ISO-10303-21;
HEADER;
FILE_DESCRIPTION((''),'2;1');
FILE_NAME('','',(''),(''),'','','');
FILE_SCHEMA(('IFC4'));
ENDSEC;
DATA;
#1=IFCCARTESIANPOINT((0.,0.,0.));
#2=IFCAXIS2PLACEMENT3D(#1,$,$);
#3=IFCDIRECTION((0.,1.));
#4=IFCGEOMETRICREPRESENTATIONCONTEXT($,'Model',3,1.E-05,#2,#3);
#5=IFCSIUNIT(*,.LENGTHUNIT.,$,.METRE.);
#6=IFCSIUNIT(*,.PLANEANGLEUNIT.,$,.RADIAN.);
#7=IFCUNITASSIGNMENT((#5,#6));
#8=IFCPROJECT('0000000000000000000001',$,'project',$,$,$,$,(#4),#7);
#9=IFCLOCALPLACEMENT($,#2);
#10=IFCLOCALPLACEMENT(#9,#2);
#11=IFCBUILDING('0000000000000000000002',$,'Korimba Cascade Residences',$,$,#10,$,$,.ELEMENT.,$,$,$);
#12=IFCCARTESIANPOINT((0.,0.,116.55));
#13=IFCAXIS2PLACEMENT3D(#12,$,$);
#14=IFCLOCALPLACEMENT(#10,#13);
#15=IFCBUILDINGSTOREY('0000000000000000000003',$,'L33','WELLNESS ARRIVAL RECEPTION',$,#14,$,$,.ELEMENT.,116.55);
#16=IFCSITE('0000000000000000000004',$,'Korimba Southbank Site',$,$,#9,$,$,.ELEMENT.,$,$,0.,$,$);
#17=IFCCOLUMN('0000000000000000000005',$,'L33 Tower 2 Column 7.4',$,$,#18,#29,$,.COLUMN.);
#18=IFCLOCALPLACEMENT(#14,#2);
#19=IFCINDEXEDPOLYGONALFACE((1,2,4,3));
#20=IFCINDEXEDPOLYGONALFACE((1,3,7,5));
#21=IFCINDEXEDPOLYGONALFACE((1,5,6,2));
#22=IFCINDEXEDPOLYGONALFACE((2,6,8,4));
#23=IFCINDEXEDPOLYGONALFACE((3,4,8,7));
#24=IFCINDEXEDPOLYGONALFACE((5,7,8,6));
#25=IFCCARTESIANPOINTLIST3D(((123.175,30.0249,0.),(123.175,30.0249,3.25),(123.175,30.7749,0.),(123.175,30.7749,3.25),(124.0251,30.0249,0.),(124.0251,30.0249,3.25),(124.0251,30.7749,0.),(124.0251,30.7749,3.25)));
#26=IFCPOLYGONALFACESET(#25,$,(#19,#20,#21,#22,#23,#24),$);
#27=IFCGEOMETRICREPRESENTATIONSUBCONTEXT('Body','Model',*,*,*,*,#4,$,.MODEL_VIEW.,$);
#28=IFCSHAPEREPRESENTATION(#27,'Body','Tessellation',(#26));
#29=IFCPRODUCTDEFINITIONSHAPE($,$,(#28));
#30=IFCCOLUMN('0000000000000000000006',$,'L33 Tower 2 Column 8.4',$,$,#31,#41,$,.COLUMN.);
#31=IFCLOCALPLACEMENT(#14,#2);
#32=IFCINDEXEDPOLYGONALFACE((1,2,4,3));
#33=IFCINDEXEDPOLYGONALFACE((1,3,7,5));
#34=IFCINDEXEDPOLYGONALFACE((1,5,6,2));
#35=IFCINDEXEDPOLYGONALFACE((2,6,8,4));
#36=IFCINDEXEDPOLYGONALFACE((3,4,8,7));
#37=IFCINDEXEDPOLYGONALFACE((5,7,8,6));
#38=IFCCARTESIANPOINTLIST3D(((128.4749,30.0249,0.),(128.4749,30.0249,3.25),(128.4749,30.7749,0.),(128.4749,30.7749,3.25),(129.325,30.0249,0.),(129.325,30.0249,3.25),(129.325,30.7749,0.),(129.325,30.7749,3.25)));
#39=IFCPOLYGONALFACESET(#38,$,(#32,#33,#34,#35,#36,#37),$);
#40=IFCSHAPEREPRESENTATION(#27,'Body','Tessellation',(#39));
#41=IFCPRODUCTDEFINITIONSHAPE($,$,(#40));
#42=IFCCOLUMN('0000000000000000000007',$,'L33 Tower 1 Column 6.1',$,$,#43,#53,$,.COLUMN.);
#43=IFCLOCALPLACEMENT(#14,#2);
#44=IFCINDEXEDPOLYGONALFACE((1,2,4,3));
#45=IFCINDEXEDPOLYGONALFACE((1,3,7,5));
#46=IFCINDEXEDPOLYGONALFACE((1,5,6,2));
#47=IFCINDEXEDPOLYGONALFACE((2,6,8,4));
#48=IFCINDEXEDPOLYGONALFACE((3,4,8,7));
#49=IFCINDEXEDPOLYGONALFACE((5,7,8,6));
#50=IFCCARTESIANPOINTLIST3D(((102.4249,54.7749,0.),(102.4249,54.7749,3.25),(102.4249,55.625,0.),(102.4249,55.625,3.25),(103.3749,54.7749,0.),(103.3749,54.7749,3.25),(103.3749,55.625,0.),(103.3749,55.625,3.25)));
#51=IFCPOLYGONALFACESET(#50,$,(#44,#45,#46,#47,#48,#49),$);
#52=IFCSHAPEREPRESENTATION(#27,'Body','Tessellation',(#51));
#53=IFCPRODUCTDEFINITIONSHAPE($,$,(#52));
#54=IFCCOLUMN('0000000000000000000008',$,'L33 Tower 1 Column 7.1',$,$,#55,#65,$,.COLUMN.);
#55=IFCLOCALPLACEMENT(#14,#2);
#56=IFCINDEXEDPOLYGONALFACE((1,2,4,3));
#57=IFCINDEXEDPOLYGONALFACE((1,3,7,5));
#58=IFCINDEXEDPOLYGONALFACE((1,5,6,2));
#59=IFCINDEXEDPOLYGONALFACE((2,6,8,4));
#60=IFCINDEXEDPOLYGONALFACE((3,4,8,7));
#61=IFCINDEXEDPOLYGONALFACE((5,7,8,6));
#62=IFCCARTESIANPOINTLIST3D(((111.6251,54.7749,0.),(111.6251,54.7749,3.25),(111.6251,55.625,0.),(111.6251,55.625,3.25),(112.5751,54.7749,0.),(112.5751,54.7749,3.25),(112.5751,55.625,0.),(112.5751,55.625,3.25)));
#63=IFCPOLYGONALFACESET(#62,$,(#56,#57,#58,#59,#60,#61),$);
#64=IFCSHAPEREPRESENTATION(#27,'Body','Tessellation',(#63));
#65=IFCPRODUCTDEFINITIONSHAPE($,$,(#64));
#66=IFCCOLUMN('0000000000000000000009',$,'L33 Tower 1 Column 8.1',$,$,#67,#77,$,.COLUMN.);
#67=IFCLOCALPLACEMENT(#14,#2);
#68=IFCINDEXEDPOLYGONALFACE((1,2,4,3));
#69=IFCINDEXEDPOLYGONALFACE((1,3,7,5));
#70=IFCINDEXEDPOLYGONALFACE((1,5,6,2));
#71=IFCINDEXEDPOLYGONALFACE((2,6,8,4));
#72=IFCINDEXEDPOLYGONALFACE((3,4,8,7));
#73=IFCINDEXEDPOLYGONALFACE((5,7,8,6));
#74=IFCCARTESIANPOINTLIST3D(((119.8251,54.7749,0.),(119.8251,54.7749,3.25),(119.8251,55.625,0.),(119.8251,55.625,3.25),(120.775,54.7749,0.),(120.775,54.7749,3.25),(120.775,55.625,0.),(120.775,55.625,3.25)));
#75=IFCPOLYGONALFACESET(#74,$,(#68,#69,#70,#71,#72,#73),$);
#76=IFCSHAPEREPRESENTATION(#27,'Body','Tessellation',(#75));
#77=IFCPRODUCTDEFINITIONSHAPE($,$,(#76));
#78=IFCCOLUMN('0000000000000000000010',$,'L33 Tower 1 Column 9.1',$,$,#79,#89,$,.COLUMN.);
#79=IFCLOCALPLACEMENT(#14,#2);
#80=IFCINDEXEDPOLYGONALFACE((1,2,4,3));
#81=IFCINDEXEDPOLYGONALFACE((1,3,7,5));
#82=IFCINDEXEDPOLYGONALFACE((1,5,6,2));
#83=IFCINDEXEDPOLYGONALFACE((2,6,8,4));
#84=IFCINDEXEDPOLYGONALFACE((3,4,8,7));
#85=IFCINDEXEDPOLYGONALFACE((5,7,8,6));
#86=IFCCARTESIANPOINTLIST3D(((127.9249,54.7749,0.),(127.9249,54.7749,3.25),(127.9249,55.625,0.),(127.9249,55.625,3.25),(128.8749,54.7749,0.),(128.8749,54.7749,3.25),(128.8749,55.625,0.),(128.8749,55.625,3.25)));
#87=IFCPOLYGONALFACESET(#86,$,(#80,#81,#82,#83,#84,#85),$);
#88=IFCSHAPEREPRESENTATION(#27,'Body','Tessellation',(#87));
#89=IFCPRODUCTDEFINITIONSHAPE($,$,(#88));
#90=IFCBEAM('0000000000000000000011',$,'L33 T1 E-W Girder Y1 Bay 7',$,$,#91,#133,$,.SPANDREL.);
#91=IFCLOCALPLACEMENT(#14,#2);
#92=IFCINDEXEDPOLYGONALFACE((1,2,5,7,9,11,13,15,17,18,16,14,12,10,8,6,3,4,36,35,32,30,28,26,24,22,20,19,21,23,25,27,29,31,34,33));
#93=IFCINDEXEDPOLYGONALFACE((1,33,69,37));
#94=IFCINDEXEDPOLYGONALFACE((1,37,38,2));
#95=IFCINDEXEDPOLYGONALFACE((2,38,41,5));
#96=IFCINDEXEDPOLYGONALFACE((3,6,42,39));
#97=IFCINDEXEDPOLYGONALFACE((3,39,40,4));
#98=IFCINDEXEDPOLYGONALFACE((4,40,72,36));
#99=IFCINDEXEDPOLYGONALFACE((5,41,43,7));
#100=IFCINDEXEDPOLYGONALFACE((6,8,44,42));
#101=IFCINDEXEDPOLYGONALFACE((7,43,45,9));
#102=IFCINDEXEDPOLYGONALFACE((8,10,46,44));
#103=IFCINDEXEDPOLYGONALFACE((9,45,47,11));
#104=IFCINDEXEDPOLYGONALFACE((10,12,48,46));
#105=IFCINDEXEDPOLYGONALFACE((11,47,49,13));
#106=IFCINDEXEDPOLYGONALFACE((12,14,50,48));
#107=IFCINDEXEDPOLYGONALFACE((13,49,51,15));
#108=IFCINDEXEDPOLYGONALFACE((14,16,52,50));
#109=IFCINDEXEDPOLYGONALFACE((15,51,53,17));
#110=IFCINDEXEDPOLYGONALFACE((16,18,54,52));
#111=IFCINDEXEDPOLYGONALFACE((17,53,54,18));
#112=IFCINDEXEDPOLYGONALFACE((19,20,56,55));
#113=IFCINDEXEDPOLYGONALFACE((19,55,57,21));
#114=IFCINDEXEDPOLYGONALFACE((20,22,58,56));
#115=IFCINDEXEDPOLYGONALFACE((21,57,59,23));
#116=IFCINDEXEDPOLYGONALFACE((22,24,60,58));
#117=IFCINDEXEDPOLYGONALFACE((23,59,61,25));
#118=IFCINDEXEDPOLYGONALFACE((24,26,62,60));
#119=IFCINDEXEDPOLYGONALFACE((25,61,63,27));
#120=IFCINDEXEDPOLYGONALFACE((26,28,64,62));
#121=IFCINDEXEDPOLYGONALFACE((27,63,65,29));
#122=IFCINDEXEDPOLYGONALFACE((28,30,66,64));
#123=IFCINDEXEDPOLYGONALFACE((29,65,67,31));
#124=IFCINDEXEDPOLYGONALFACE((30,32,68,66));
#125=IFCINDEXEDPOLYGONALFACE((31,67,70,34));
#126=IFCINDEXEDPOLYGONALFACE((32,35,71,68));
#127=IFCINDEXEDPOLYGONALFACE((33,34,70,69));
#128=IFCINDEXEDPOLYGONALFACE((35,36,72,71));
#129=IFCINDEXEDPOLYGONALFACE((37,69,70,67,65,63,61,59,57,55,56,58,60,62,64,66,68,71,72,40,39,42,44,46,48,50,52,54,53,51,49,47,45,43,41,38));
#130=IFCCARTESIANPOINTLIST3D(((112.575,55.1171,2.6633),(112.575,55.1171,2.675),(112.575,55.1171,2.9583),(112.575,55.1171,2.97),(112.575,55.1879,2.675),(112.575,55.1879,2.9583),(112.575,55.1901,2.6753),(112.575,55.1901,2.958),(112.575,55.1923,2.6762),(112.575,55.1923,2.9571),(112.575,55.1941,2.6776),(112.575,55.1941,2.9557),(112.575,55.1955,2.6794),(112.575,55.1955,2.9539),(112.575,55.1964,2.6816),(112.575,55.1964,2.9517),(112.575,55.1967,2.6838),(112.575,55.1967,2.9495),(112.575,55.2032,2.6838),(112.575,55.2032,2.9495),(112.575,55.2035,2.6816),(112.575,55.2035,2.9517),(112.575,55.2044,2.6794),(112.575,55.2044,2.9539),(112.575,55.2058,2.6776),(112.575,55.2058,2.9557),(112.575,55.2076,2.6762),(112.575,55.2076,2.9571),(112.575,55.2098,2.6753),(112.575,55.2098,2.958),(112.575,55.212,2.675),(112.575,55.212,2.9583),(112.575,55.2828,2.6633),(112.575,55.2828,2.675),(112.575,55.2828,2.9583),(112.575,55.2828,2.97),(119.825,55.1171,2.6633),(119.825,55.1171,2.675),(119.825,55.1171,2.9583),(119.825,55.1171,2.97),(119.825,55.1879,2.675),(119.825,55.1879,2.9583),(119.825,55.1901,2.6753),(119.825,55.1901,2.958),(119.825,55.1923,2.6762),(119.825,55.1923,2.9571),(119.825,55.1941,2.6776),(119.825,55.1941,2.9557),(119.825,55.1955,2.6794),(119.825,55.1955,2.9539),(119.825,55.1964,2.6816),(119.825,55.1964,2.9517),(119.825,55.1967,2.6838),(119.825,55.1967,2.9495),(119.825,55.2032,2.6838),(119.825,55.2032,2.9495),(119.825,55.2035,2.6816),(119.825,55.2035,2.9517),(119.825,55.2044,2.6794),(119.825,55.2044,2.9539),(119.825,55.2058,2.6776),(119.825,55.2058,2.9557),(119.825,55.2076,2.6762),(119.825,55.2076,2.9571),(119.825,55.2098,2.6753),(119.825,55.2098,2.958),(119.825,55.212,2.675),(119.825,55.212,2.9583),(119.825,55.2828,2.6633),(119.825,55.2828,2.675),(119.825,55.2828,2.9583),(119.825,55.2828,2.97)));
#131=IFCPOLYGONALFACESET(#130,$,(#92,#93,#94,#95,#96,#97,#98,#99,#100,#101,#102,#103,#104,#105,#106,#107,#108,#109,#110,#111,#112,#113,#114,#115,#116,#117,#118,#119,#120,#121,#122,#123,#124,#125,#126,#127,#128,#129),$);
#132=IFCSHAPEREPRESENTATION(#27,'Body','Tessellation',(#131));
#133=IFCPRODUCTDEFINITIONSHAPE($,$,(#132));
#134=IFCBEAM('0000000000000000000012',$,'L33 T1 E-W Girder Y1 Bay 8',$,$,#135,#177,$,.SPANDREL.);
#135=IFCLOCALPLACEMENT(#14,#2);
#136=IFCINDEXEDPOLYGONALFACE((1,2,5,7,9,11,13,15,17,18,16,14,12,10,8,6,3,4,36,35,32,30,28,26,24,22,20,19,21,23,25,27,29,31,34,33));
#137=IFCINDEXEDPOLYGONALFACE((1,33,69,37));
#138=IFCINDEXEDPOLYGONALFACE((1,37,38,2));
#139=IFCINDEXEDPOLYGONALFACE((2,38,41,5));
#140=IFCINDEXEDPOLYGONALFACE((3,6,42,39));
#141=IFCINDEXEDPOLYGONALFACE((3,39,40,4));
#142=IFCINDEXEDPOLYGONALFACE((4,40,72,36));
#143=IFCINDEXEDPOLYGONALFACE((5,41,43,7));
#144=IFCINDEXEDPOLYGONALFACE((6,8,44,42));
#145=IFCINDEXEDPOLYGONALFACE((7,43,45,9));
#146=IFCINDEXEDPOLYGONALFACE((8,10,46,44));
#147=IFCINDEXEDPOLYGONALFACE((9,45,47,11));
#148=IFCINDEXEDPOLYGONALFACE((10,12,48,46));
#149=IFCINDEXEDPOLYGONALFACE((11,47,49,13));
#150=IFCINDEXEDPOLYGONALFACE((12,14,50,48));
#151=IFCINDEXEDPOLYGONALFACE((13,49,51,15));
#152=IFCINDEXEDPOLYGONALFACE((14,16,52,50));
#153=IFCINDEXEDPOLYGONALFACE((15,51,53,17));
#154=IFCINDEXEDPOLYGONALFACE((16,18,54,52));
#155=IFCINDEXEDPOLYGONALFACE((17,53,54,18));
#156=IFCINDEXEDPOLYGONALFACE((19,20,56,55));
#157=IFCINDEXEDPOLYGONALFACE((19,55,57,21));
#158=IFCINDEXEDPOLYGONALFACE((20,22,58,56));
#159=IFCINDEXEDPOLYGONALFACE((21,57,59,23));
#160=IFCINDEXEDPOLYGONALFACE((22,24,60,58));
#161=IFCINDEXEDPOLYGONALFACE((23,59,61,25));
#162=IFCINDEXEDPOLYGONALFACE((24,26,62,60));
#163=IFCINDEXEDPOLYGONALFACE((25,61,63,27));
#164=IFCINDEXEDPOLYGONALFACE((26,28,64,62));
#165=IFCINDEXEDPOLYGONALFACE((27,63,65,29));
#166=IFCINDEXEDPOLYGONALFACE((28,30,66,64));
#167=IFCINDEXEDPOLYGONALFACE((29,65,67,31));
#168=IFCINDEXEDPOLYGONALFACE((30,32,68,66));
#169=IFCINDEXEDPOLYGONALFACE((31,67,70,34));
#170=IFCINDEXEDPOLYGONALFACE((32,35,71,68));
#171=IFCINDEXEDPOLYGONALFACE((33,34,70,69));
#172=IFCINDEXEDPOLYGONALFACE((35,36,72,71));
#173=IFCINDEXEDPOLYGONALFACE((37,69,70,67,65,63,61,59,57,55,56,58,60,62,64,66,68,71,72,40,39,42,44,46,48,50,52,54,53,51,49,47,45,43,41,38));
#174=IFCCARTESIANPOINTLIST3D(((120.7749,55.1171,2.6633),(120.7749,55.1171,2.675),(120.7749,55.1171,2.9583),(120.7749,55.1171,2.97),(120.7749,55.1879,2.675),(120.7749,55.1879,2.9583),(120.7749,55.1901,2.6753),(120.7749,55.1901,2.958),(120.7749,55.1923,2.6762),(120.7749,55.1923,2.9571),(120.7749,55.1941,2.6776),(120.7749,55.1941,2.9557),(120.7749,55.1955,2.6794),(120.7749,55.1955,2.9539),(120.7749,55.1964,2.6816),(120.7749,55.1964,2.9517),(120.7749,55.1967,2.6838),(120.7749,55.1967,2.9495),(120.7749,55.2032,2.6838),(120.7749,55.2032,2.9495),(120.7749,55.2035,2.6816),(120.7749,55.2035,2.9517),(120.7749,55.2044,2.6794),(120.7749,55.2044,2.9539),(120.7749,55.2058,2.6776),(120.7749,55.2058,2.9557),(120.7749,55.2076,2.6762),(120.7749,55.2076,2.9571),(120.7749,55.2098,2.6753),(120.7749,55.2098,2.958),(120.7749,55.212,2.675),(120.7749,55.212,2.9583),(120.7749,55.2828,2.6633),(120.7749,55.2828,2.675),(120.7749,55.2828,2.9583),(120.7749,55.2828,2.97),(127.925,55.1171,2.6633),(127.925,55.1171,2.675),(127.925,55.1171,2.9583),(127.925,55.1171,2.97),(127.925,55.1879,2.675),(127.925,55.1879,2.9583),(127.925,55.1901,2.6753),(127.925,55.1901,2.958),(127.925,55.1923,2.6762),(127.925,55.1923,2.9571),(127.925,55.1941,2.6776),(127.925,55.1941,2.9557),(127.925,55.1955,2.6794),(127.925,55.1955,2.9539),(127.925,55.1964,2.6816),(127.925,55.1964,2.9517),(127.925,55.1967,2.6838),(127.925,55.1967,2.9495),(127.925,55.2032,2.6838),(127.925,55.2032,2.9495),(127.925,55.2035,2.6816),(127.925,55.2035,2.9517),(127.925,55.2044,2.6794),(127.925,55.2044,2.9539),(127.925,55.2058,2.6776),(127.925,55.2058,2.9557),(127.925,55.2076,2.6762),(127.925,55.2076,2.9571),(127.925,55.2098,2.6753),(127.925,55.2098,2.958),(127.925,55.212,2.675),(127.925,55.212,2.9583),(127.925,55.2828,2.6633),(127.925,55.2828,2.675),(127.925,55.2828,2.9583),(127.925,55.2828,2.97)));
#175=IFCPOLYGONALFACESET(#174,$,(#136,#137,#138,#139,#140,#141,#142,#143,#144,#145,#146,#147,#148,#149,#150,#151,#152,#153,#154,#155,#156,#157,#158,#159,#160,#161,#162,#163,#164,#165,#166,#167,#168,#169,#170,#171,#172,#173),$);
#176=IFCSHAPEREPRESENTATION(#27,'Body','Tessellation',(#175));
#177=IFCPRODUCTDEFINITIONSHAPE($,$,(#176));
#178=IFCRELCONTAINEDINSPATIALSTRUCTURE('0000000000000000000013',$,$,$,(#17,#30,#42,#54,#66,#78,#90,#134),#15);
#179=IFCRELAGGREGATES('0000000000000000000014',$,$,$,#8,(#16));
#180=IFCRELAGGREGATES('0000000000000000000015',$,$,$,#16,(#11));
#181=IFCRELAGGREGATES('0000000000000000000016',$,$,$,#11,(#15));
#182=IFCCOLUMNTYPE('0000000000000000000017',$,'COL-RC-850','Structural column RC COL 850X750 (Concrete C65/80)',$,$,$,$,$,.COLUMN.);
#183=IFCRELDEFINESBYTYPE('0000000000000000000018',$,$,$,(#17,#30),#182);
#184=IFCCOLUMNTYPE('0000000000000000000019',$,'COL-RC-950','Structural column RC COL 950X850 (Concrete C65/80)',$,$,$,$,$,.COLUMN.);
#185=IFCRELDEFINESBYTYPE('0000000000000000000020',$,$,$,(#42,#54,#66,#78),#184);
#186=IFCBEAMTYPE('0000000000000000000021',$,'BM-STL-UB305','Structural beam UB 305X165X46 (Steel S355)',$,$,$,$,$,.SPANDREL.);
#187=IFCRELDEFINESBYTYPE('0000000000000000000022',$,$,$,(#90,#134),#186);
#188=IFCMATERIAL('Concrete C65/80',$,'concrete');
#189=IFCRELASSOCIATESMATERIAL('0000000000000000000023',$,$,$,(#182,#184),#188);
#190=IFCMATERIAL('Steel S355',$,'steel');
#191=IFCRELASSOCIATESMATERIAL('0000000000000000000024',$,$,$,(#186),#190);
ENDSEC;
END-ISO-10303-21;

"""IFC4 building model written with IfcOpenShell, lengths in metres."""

from ifc_helpers import new_model, si_unit, direction, frame, origin, origin_2d, place, context, subcontext, project, spatial, rectangle, i_section, extrude, material, material_profile, profile_set, type_object, element, save


model = new_model("IFC4")

# Units and contexts
model_context = context("Model", 3, precision=1e-05, world=origin(), true_north=direction((0.0, 1.0)))
body_context = subcontext(model_context, "Body", "Model", "MODEL_VIEW")
ifc_project = project(units=[si_unit("LENGTHUNIT", "METRE"), si_unit("PLANEANGLEUNIT", "RADIAN")], contexts=[model_context])

# Site, building, storey
site_placement = place(None, origin())
site = spatial("IfcSite", under=ifc_project, at=site_placement, Name="Korimba Southbank Site", CompositionType="ELEMENT", RefElevation=0.0)
building_placement = place(site_placement, origin())
building = spatial("IfcBuilding", under=site, at=building_placement, Name="Korimba Cascade Residences", CompositionType="ELEMENT")
storey_placement = place(building_placement, frame((0.0, 0.0, 116.55)))
storey = spatial("IfcBuildingStorey", under=building, at=storey_placement, Name="L33", Description="WELLNESS ARRIVAL RECEPTION", CompositionType="ELEMENT", Elevation=116.55)

# Columns
ifc_material_1 = material(Name="Concrete C65/80", Category="concrete")
ifc_material_profile_1 = material_profile(ifc_material_1, rectangle(XDim=0.8501, YDim=0.75, at=origin_2d()), Name="Concrete C65/80")
ifc_profile_set_1 = profile_set([ifc_material_profile_1], Name="Concrete C65/80")
column_type_1 = type_object("IfcColumnType", Name="COL-RC-850", Description="Structural column RC COL 850X750 (Concrete C65/80)", PredefinedType="COLUMN", material=ifc_profile_set_1)
for number, where, z_axis, x_axis, name in (
    (1, (123.6001, 30.3999, 0.0), (0.0, 0.0, 1.0), (1.0, 0.0, 0.0), "L33 Tower 2 Column 7.4"),
    (2, (128.8999, 30.3999, 0.0), (0.0, 0.0, 1.0), (1.0, 0.0, 0.0), "L33 Tower 2 Column 8.4"),
):
    element("IfcColumn", number, at=place(storey_placement, frame(where, z_axis=z_axis, x_axis=x_axis)), inside=storey, type_object=column_type_1, Name=name, PredefinedType="COLUMN", context=body_context, shape_type="SweptSolid", body=[
        extrude(rectangle(XDim=0.8501, YDim=0.75, at=origin_2d()), origin(), (0.0, 0.0, 1.0), 3.25),
    ])
ifc_material_profile_2 = material_profile(ifc_material_1, rectangle(XDim=0.95, YDim=0.8501, at=origin_2d()), Name="Concrete C65/80")
ifc_profile_set_2 = profile_set([ifc_material_profile_2], Name="Concrete C65/80")
column_type_2 = type_object("IfcColumnType", Name="COL-RC-950", Description="Structural column RC COL 950X850 (Concrete C65/80)", PredefinedType="COLUMN", material=ifc_profile_set_2)
for number, where, z_axis, x_axis, name in (
    (3, (102.8999, 55.2, 0.0), (0.0, 0.0, 1.0), (1.0, 0.0, 0.0), "L33 Tower 1 Column 6.1"),
    (4, (112.1001, 55.2, 0.0), (0.0, 0.0, 1.0), (1.0, 0.0, 0.0), "L33 Tower 1 Column 7.1"),
    (5, (120.3, 55.2, 0.0), (0.0, 0.0, 1.0), (1.0, 0.0, 0.0), "L33 Tower 1 Column 8.1"),
    (6, (128.3999, 55.2, 0.0), (0.0, 0.0, 1.0), (1.0, 0.0, 0.0), "L33 Tower 1 Column 9.1"),
):
    element("IfcColumn", number, at=place(storey_placement, frame(where, z_axis=z_axis, x_axis=x_axis)), inside=storey, type_object=column_type_2, Name=name, PredefinedType="COLUMN", context=body_context, shape_type="SweptSolid", body=[
        extrude(rectangle(XDim=0.95, YDim=0.8501, at=origin_2d()), origin(), (0.0, 0.0, 1.0), 3.25),
    ])

# Beams
ifc_material_2 = material(Name="Steel S355", Category="steel")
ifc_material_profile_3 = material_profile(ifc_material_2, i_section(OverallWidth=0.1658, OverallDepth=0.3066, WebThickness=0.0066, FlangeThickness=0.0117, FilletRadius=0.0088, at=origin_2d()), Name="Steel S355")
ifc_profile_set_3 = profile_set([ifc_material_profile_3], Name="Steel S355")
beam_type_1 = type_object("IfcBeamType", Name="BM-STL-UB305", Description="Structural beam UB 305X165X46 (Steel S355)", PredefinedType="SPANDREL", material=ifc_profile_set_3)
beam_1_placement = place(storey_placement, frame((112.575, 55.2, 2.8167), z_axis=(1.0, 0.0, 0.0), x_axis=(0.0, 1.0, 0.0)))
element("IfcBeam", 7, at=beam_1_placement, inside=storey, type_object=beam_type_1, Name="L33 T1 E-W Girder Y1 Bay 7", PredefinedType="SPANDREL", context=body_context, shape_type="SweptSolid", body=[
    extrude(i_section(OverallWidth=0.1658, OverallDepth=0.3066, WebThickness=0.0066, FlangeThickness=0.0117, FilletRadius=0.0088, at=origin_2d()), origin(), (0.0, 0.0, 1.0), 7.25),
])
beam_2_placement = place(storey_placement, frame((120.7749, 55.2, 2.8167), z_axis=(1.0, 0.0, 0.0), x_axis=(0.0, 1.0, 0.0)))
element("IfcBeam", 8, at=beam_2_placement, inside=storey, type_object=beam_type_1, Name="L33 T1 E-W Girder Y1 Bay 8", PredefinedType="SPANDREL", context=body_context, shape_type="SweptSolid", body=[
    extrude(i_section(OverallWidth=0.1658, OverallDepth=0.3066, WebThickness=0.0066, FlangeThickness=0.0117, FilletRadius=0.0088, at=origin_2d()), origin(), (0.0, 0.0, 1.0), 7.1501),
])

save(model, "model.ifc")
